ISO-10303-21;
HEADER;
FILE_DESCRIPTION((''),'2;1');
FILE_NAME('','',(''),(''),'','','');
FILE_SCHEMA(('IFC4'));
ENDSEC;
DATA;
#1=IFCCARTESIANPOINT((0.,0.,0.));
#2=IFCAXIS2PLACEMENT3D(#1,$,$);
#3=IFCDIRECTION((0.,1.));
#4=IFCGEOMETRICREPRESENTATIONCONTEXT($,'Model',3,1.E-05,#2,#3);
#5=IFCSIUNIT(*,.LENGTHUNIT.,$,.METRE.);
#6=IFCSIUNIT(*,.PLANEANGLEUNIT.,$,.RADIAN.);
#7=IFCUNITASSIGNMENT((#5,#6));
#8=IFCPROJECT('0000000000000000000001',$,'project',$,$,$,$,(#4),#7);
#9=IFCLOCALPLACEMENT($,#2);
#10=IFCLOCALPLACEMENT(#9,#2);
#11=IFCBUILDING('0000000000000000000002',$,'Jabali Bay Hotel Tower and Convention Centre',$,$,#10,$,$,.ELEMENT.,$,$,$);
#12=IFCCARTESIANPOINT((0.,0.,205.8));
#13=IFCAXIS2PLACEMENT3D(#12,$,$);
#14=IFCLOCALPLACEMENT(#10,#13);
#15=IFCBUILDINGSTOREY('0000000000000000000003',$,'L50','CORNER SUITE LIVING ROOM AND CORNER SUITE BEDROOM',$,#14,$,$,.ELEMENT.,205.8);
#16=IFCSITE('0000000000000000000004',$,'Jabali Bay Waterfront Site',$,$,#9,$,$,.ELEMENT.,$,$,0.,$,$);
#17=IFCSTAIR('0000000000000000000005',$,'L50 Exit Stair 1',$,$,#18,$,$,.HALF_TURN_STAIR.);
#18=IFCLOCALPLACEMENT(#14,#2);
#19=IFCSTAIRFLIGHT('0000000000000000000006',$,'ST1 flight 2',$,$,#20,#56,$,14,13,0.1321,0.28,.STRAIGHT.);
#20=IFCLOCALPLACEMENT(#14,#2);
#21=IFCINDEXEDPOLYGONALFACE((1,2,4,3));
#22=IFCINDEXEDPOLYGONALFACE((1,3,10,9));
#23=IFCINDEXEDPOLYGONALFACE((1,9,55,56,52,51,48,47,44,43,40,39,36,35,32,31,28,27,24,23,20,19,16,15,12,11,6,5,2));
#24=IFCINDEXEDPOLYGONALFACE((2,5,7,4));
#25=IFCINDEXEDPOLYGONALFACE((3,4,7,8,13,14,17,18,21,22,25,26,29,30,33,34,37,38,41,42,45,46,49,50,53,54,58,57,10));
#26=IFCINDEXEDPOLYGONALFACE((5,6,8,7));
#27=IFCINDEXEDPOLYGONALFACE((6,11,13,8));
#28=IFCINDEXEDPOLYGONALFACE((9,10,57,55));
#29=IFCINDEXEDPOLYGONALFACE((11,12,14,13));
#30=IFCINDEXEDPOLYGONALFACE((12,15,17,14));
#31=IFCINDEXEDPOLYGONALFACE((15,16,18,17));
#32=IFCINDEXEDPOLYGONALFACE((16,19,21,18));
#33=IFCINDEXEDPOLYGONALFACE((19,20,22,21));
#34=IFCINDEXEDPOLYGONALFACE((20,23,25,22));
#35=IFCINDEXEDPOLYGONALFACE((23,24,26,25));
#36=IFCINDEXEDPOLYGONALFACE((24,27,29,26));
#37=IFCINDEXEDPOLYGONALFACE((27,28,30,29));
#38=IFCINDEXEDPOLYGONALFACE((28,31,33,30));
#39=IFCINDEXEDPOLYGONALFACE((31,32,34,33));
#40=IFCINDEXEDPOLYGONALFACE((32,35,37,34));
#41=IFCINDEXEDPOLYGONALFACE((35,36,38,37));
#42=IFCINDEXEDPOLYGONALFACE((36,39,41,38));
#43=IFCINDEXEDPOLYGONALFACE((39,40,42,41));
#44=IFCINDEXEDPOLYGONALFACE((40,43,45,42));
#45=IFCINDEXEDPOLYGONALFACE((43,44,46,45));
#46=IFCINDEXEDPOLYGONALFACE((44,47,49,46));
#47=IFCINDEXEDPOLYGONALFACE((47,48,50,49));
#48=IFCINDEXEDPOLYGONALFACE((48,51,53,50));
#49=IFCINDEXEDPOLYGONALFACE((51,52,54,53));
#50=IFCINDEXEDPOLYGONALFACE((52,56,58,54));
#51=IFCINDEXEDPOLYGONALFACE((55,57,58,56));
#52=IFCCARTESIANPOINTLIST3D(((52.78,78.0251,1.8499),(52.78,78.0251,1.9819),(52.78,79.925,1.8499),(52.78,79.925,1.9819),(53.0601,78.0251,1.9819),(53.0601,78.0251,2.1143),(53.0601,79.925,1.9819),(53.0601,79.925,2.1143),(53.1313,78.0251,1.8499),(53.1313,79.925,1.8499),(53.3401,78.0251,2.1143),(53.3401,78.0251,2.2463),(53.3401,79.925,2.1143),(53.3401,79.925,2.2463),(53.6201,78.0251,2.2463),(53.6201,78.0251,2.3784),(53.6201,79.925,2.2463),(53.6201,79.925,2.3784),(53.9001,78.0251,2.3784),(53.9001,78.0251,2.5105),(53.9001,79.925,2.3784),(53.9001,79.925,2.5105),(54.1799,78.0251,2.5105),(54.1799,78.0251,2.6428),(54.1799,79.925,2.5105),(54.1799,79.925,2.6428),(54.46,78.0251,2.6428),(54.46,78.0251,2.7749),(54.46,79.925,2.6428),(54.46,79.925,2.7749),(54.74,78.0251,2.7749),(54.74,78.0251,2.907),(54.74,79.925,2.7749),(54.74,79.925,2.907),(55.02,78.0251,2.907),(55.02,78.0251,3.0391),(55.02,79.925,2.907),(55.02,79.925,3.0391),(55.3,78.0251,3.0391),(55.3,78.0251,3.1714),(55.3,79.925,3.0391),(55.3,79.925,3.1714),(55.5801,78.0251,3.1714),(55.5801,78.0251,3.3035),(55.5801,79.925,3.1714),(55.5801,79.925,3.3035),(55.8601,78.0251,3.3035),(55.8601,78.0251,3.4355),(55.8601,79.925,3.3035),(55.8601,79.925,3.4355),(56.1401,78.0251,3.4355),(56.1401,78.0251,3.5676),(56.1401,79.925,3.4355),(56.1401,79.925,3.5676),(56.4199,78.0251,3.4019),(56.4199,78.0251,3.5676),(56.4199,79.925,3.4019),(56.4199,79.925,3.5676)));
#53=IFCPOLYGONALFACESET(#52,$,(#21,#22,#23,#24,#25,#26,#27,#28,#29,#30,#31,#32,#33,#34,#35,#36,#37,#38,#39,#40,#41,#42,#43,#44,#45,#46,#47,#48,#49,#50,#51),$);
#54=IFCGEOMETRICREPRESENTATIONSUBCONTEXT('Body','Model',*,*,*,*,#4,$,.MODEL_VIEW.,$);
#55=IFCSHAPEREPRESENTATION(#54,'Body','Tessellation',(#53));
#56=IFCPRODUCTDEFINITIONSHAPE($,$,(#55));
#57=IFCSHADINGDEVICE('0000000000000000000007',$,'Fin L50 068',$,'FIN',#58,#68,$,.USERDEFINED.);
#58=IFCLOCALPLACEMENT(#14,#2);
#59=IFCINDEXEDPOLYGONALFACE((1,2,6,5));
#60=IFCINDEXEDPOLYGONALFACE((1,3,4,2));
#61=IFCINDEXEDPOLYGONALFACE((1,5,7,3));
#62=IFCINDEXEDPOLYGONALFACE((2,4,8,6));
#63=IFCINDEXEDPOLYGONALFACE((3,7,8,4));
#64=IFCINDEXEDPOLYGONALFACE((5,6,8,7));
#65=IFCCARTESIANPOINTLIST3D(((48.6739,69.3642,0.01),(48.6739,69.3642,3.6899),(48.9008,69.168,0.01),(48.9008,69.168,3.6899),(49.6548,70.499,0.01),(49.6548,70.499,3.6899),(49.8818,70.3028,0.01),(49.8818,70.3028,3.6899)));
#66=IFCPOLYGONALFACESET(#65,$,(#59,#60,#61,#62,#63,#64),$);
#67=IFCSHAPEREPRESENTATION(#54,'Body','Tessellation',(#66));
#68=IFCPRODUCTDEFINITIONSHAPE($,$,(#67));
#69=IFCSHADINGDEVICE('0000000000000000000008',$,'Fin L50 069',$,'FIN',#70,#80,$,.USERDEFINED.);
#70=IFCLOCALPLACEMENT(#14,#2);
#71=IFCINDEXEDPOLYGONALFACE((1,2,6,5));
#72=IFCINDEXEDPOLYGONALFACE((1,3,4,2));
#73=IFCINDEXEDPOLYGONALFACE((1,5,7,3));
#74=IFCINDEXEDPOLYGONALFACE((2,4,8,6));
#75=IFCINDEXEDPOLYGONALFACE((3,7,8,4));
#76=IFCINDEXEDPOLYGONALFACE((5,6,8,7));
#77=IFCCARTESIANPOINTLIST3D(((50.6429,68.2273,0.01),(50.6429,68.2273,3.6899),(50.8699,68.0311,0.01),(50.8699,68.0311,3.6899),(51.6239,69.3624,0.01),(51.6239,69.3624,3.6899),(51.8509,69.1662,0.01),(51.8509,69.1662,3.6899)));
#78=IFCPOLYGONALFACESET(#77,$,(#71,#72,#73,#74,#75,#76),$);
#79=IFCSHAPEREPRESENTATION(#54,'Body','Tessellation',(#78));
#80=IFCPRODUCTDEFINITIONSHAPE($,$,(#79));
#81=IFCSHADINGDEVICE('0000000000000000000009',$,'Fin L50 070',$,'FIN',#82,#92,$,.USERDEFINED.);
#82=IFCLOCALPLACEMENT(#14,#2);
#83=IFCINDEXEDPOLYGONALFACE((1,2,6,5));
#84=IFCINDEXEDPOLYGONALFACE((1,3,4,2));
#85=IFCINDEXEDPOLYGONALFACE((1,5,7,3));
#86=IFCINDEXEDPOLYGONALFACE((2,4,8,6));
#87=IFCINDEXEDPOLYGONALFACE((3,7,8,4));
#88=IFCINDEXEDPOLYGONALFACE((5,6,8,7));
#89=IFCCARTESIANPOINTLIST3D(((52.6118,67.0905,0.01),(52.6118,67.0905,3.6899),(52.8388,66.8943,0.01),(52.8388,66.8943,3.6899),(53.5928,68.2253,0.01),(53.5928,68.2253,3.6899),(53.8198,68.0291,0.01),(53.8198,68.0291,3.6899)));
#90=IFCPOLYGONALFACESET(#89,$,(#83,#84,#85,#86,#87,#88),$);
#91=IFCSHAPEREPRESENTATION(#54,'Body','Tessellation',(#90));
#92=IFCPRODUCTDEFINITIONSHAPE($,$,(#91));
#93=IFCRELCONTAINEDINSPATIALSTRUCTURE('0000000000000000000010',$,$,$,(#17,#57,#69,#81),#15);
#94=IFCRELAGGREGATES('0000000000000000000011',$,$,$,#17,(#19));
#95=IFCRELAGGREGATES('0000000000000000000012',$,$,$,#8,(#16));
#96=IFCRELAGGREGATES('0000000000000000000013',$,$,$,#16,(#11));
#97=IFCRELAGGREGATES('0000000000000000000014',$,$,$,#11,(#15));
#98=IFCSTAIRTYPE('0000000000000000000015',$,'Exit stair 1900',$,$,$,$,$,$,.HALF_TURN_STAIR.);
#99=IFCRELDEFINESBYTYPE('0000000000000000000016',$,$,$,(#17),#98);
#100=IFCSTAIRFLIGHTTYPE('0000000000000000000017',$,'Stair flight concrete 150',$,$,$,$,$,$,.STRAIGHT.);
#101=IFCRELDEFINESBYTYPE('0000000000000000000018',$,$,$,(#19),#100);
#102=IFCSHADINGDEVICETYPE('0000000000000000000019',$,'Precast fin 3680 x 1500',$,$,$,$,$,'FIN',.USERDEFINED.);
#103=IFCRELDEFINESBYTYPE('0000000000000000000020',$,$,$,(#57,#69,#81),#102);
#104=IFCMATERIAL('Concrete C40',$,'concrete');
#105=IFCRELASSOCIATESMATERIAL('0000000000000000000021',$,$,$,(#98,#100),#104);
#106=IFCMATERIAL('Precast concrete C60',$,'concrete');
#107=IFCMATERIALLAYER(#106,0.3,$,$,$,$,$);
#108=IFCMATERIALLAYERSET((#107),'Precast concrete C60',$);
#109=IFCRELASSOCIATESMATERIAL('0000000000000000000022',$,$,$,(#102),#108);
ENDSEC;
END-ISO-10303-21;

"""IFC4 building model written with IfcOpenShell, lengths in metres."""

from ifc_helpers import new_model, si_unit, direction, frame, frame_2d, origin, place, context, subcontext, project, spatial, polyline, rectangle, outline, extrude, material, layer, layer_set, type_object, element, aggregate, save


model = new_model("IFC4")

# Units and contexts
model_context = context("Model", 3, precision=1e-05, world=origin(), true_north=direction((0.0, 1.0)))
body_context = subcontext(model_context, "Body", "Model", "MODEL_VIEW")
ifc_project = project(units=[si_unit("LENGTHUNIT", "METRE"), si_unit("PLANEANGLEUNIT", "RADIAN")], contexts=[model_context])

# Site, building, storey
site_placement = place(None, origin())
site = spatial("IfcSite", under=ifc_project, at=site_placement, Name="Jabali Bay Waterfront Site", CompositionType="ELEMENT", RefElevation=0.0)
building_placement = place(site_placement, origin())
building = spatial("IfcBuilding", under=site, at=building_placement, Name="Jabali Bay Hotel Tower and Convention Centre", CompositionType="ELEMENT")
storey_placement = place(building_placement, frame((0.0, 0.0, 205.8)))
storey = spatial("IfcBuildingStorey", under=building, at=storey_placement, Name="L50", Description="CORNER SUITE LIVING ROOM AND CORNER SUITE BEDROOM", CompositionType="ELEMENT", Elevation=205.8)

# Shared definitions
ifc_material_1 = material(Name="Concrete C40", Category="concrete")

# Stair, stair flight
stair_type = type_object("IfcStairType", Name="Exit stair 1900", PredefinedType="HALF_TURN_STAIR", material=ifc_material_1)
stair_placement = place(storey_placement, origin())
stair = element("IfcStair", 1, at=stair_placement, inside=storey, type_object=stair_type, Name="L50 Exit Stair 1", PredefinedType="HALF_TURN_STAIR")
stair_flight_type = type_object("IfcStairFlightType", Name="Stair flight concrete 150", PredefinedType="STRAIGHT", material=ifc_material_1)
stair_flight_placement = place(storey_placement, frame((52.78, 78.9751, 1.8499), z_axis=(0.0, 0.0, 1.0), x_axis=(1.0, 0.0, 0.0)))
stair_flight = element("IfcStairFlight", 2, at=stair_flight_placement, type_object=stair_flight_type, Name="ST1 flight 2", NumberOfRisers=14, NumberOfTreads=13, PredefinedType="STRAIGHT", RiserHeight=0.1321, TreadLength=0.28, context=body_context, shape_type="SweptSolid", body=[
    extrude(outline(polyline([(0.0, 0.0), (0.0, 0.1321), (0.28, 0.1321), (0.28, 0.2644), (0.5601, 0.2644), (0.5601, 0.3965), (0.8401, 0.3965), (0.8401, 0.5286), (1.1201, 0.5286), (1.1201, 0.6606), (1.3999, 0.6606), (1.3999, 0.793), (1.6799, 0.793), (1.6799, 0.925), (1.96, 0.925), (1.96, 1.0571), (2.24, 1.0571), (2.24, 1.1892), (2.52, 1.1892), (2.52, 1.3215), (2.8, 1.3215), (2.8, 1.4536), (3.0801, 1.4536), (3.0801, 1.5857), (3.3601, 1.5857), (3.3601, 1.7178), (3.6399, 1.7178), (3.6399, 1.8501), (3.6399, 1.552), (0.3513, 0.0), (0.0, 0.0)])), frame((0.0, 0.95, 0.0), z_axis=(0.0, -1.0, 0.0), x_axis=(1.0, 0.0, 0.0)), (0.0, 0.0, 1.0), 1.8999),
])
aggregate(stair, [stair_flight])

# Shading devices
ifc_material_2 = material(Name="Precast concrete C60", Category="concrete")
ifc_layer_1 = layer(ifc_material_2, 0.3)
ifc_layer_set_1 = layer_set([ifc_layer_1], Name="Precast concrete C60")
shading_device_type = type_object("IfcShadingDeviceType", Name="Precast fin 3680 x 1500", ElementType="FIN", PredefinedType="USERDEFINED", material=ifc_layer_set_1)
shading_device_1_placement = place(storey_placement, frame((49.7683, 70.4009, 0.01), z_axis=(0.0, 0.0, 1.0), x_axis=(-0.653976, -0.756516, 0.0)))
element("IfcShadingDevice", 3, at=shading_device_1_placement, inside=storey, type_object=shading_device_type, Name="Fin L50 068", ObjectType="FIN", PredefinedType="USERDEFINED", context=body_context, shape_type="SweptSolid", body=[
    extrude(rectangle(XDim=1.5, YDim=0.3, at=frame_2d((0.75, 0.0))), origin(), (0.0, 0.0, 1.0), 3.6799),
])
shading_device_2_placement = place(storey_placement, frame((51.7373, 69.2642, 0.01), z_axis=(0.0, 0.0, 1.0), x_axis=(-0.653895, -0.756585, 0.0)))
element("IfcShadingDevice", 4, at=shading_device_2_placement, inside=storey, type_object=shading_device_type, Name="Fin L50 069", ObjectType="FIN", PredefinedType="USERDEFINED", context=body_context, shape_type="SweptSolid", body=[
    extrude(rectangle(XDim=1.5002, YDim=0.3, at=frame_2d((0.75, 0.0))), origin(), (0.0, 0.0, 1.0), 3.6799),
])
shading_device_3_placement = place(storey_placement, frame((53.7063, 68.1272, 0.01), z_axis=(0.0, 0.0, 1.0), x_axis=(-0.653976, -0.756516, 0.0)))
element("IfcShadingDevice", 5, at=shading_device_3_placement, inside=storey, type_object=shading_device_type, Name="Fin L50 070", ObjectType="FIN", PredefinedType="USERDEFINED", context=body_context, shape_type="SweptSolid", body=[
    extrude(rectangle(XDim=1.5, YDim=0.3, at=frame_2d((0.75, 0.0))), origin(), (0.0, 0.0, 1.0), 3.6799),
])

save(model, "model.ifc")
